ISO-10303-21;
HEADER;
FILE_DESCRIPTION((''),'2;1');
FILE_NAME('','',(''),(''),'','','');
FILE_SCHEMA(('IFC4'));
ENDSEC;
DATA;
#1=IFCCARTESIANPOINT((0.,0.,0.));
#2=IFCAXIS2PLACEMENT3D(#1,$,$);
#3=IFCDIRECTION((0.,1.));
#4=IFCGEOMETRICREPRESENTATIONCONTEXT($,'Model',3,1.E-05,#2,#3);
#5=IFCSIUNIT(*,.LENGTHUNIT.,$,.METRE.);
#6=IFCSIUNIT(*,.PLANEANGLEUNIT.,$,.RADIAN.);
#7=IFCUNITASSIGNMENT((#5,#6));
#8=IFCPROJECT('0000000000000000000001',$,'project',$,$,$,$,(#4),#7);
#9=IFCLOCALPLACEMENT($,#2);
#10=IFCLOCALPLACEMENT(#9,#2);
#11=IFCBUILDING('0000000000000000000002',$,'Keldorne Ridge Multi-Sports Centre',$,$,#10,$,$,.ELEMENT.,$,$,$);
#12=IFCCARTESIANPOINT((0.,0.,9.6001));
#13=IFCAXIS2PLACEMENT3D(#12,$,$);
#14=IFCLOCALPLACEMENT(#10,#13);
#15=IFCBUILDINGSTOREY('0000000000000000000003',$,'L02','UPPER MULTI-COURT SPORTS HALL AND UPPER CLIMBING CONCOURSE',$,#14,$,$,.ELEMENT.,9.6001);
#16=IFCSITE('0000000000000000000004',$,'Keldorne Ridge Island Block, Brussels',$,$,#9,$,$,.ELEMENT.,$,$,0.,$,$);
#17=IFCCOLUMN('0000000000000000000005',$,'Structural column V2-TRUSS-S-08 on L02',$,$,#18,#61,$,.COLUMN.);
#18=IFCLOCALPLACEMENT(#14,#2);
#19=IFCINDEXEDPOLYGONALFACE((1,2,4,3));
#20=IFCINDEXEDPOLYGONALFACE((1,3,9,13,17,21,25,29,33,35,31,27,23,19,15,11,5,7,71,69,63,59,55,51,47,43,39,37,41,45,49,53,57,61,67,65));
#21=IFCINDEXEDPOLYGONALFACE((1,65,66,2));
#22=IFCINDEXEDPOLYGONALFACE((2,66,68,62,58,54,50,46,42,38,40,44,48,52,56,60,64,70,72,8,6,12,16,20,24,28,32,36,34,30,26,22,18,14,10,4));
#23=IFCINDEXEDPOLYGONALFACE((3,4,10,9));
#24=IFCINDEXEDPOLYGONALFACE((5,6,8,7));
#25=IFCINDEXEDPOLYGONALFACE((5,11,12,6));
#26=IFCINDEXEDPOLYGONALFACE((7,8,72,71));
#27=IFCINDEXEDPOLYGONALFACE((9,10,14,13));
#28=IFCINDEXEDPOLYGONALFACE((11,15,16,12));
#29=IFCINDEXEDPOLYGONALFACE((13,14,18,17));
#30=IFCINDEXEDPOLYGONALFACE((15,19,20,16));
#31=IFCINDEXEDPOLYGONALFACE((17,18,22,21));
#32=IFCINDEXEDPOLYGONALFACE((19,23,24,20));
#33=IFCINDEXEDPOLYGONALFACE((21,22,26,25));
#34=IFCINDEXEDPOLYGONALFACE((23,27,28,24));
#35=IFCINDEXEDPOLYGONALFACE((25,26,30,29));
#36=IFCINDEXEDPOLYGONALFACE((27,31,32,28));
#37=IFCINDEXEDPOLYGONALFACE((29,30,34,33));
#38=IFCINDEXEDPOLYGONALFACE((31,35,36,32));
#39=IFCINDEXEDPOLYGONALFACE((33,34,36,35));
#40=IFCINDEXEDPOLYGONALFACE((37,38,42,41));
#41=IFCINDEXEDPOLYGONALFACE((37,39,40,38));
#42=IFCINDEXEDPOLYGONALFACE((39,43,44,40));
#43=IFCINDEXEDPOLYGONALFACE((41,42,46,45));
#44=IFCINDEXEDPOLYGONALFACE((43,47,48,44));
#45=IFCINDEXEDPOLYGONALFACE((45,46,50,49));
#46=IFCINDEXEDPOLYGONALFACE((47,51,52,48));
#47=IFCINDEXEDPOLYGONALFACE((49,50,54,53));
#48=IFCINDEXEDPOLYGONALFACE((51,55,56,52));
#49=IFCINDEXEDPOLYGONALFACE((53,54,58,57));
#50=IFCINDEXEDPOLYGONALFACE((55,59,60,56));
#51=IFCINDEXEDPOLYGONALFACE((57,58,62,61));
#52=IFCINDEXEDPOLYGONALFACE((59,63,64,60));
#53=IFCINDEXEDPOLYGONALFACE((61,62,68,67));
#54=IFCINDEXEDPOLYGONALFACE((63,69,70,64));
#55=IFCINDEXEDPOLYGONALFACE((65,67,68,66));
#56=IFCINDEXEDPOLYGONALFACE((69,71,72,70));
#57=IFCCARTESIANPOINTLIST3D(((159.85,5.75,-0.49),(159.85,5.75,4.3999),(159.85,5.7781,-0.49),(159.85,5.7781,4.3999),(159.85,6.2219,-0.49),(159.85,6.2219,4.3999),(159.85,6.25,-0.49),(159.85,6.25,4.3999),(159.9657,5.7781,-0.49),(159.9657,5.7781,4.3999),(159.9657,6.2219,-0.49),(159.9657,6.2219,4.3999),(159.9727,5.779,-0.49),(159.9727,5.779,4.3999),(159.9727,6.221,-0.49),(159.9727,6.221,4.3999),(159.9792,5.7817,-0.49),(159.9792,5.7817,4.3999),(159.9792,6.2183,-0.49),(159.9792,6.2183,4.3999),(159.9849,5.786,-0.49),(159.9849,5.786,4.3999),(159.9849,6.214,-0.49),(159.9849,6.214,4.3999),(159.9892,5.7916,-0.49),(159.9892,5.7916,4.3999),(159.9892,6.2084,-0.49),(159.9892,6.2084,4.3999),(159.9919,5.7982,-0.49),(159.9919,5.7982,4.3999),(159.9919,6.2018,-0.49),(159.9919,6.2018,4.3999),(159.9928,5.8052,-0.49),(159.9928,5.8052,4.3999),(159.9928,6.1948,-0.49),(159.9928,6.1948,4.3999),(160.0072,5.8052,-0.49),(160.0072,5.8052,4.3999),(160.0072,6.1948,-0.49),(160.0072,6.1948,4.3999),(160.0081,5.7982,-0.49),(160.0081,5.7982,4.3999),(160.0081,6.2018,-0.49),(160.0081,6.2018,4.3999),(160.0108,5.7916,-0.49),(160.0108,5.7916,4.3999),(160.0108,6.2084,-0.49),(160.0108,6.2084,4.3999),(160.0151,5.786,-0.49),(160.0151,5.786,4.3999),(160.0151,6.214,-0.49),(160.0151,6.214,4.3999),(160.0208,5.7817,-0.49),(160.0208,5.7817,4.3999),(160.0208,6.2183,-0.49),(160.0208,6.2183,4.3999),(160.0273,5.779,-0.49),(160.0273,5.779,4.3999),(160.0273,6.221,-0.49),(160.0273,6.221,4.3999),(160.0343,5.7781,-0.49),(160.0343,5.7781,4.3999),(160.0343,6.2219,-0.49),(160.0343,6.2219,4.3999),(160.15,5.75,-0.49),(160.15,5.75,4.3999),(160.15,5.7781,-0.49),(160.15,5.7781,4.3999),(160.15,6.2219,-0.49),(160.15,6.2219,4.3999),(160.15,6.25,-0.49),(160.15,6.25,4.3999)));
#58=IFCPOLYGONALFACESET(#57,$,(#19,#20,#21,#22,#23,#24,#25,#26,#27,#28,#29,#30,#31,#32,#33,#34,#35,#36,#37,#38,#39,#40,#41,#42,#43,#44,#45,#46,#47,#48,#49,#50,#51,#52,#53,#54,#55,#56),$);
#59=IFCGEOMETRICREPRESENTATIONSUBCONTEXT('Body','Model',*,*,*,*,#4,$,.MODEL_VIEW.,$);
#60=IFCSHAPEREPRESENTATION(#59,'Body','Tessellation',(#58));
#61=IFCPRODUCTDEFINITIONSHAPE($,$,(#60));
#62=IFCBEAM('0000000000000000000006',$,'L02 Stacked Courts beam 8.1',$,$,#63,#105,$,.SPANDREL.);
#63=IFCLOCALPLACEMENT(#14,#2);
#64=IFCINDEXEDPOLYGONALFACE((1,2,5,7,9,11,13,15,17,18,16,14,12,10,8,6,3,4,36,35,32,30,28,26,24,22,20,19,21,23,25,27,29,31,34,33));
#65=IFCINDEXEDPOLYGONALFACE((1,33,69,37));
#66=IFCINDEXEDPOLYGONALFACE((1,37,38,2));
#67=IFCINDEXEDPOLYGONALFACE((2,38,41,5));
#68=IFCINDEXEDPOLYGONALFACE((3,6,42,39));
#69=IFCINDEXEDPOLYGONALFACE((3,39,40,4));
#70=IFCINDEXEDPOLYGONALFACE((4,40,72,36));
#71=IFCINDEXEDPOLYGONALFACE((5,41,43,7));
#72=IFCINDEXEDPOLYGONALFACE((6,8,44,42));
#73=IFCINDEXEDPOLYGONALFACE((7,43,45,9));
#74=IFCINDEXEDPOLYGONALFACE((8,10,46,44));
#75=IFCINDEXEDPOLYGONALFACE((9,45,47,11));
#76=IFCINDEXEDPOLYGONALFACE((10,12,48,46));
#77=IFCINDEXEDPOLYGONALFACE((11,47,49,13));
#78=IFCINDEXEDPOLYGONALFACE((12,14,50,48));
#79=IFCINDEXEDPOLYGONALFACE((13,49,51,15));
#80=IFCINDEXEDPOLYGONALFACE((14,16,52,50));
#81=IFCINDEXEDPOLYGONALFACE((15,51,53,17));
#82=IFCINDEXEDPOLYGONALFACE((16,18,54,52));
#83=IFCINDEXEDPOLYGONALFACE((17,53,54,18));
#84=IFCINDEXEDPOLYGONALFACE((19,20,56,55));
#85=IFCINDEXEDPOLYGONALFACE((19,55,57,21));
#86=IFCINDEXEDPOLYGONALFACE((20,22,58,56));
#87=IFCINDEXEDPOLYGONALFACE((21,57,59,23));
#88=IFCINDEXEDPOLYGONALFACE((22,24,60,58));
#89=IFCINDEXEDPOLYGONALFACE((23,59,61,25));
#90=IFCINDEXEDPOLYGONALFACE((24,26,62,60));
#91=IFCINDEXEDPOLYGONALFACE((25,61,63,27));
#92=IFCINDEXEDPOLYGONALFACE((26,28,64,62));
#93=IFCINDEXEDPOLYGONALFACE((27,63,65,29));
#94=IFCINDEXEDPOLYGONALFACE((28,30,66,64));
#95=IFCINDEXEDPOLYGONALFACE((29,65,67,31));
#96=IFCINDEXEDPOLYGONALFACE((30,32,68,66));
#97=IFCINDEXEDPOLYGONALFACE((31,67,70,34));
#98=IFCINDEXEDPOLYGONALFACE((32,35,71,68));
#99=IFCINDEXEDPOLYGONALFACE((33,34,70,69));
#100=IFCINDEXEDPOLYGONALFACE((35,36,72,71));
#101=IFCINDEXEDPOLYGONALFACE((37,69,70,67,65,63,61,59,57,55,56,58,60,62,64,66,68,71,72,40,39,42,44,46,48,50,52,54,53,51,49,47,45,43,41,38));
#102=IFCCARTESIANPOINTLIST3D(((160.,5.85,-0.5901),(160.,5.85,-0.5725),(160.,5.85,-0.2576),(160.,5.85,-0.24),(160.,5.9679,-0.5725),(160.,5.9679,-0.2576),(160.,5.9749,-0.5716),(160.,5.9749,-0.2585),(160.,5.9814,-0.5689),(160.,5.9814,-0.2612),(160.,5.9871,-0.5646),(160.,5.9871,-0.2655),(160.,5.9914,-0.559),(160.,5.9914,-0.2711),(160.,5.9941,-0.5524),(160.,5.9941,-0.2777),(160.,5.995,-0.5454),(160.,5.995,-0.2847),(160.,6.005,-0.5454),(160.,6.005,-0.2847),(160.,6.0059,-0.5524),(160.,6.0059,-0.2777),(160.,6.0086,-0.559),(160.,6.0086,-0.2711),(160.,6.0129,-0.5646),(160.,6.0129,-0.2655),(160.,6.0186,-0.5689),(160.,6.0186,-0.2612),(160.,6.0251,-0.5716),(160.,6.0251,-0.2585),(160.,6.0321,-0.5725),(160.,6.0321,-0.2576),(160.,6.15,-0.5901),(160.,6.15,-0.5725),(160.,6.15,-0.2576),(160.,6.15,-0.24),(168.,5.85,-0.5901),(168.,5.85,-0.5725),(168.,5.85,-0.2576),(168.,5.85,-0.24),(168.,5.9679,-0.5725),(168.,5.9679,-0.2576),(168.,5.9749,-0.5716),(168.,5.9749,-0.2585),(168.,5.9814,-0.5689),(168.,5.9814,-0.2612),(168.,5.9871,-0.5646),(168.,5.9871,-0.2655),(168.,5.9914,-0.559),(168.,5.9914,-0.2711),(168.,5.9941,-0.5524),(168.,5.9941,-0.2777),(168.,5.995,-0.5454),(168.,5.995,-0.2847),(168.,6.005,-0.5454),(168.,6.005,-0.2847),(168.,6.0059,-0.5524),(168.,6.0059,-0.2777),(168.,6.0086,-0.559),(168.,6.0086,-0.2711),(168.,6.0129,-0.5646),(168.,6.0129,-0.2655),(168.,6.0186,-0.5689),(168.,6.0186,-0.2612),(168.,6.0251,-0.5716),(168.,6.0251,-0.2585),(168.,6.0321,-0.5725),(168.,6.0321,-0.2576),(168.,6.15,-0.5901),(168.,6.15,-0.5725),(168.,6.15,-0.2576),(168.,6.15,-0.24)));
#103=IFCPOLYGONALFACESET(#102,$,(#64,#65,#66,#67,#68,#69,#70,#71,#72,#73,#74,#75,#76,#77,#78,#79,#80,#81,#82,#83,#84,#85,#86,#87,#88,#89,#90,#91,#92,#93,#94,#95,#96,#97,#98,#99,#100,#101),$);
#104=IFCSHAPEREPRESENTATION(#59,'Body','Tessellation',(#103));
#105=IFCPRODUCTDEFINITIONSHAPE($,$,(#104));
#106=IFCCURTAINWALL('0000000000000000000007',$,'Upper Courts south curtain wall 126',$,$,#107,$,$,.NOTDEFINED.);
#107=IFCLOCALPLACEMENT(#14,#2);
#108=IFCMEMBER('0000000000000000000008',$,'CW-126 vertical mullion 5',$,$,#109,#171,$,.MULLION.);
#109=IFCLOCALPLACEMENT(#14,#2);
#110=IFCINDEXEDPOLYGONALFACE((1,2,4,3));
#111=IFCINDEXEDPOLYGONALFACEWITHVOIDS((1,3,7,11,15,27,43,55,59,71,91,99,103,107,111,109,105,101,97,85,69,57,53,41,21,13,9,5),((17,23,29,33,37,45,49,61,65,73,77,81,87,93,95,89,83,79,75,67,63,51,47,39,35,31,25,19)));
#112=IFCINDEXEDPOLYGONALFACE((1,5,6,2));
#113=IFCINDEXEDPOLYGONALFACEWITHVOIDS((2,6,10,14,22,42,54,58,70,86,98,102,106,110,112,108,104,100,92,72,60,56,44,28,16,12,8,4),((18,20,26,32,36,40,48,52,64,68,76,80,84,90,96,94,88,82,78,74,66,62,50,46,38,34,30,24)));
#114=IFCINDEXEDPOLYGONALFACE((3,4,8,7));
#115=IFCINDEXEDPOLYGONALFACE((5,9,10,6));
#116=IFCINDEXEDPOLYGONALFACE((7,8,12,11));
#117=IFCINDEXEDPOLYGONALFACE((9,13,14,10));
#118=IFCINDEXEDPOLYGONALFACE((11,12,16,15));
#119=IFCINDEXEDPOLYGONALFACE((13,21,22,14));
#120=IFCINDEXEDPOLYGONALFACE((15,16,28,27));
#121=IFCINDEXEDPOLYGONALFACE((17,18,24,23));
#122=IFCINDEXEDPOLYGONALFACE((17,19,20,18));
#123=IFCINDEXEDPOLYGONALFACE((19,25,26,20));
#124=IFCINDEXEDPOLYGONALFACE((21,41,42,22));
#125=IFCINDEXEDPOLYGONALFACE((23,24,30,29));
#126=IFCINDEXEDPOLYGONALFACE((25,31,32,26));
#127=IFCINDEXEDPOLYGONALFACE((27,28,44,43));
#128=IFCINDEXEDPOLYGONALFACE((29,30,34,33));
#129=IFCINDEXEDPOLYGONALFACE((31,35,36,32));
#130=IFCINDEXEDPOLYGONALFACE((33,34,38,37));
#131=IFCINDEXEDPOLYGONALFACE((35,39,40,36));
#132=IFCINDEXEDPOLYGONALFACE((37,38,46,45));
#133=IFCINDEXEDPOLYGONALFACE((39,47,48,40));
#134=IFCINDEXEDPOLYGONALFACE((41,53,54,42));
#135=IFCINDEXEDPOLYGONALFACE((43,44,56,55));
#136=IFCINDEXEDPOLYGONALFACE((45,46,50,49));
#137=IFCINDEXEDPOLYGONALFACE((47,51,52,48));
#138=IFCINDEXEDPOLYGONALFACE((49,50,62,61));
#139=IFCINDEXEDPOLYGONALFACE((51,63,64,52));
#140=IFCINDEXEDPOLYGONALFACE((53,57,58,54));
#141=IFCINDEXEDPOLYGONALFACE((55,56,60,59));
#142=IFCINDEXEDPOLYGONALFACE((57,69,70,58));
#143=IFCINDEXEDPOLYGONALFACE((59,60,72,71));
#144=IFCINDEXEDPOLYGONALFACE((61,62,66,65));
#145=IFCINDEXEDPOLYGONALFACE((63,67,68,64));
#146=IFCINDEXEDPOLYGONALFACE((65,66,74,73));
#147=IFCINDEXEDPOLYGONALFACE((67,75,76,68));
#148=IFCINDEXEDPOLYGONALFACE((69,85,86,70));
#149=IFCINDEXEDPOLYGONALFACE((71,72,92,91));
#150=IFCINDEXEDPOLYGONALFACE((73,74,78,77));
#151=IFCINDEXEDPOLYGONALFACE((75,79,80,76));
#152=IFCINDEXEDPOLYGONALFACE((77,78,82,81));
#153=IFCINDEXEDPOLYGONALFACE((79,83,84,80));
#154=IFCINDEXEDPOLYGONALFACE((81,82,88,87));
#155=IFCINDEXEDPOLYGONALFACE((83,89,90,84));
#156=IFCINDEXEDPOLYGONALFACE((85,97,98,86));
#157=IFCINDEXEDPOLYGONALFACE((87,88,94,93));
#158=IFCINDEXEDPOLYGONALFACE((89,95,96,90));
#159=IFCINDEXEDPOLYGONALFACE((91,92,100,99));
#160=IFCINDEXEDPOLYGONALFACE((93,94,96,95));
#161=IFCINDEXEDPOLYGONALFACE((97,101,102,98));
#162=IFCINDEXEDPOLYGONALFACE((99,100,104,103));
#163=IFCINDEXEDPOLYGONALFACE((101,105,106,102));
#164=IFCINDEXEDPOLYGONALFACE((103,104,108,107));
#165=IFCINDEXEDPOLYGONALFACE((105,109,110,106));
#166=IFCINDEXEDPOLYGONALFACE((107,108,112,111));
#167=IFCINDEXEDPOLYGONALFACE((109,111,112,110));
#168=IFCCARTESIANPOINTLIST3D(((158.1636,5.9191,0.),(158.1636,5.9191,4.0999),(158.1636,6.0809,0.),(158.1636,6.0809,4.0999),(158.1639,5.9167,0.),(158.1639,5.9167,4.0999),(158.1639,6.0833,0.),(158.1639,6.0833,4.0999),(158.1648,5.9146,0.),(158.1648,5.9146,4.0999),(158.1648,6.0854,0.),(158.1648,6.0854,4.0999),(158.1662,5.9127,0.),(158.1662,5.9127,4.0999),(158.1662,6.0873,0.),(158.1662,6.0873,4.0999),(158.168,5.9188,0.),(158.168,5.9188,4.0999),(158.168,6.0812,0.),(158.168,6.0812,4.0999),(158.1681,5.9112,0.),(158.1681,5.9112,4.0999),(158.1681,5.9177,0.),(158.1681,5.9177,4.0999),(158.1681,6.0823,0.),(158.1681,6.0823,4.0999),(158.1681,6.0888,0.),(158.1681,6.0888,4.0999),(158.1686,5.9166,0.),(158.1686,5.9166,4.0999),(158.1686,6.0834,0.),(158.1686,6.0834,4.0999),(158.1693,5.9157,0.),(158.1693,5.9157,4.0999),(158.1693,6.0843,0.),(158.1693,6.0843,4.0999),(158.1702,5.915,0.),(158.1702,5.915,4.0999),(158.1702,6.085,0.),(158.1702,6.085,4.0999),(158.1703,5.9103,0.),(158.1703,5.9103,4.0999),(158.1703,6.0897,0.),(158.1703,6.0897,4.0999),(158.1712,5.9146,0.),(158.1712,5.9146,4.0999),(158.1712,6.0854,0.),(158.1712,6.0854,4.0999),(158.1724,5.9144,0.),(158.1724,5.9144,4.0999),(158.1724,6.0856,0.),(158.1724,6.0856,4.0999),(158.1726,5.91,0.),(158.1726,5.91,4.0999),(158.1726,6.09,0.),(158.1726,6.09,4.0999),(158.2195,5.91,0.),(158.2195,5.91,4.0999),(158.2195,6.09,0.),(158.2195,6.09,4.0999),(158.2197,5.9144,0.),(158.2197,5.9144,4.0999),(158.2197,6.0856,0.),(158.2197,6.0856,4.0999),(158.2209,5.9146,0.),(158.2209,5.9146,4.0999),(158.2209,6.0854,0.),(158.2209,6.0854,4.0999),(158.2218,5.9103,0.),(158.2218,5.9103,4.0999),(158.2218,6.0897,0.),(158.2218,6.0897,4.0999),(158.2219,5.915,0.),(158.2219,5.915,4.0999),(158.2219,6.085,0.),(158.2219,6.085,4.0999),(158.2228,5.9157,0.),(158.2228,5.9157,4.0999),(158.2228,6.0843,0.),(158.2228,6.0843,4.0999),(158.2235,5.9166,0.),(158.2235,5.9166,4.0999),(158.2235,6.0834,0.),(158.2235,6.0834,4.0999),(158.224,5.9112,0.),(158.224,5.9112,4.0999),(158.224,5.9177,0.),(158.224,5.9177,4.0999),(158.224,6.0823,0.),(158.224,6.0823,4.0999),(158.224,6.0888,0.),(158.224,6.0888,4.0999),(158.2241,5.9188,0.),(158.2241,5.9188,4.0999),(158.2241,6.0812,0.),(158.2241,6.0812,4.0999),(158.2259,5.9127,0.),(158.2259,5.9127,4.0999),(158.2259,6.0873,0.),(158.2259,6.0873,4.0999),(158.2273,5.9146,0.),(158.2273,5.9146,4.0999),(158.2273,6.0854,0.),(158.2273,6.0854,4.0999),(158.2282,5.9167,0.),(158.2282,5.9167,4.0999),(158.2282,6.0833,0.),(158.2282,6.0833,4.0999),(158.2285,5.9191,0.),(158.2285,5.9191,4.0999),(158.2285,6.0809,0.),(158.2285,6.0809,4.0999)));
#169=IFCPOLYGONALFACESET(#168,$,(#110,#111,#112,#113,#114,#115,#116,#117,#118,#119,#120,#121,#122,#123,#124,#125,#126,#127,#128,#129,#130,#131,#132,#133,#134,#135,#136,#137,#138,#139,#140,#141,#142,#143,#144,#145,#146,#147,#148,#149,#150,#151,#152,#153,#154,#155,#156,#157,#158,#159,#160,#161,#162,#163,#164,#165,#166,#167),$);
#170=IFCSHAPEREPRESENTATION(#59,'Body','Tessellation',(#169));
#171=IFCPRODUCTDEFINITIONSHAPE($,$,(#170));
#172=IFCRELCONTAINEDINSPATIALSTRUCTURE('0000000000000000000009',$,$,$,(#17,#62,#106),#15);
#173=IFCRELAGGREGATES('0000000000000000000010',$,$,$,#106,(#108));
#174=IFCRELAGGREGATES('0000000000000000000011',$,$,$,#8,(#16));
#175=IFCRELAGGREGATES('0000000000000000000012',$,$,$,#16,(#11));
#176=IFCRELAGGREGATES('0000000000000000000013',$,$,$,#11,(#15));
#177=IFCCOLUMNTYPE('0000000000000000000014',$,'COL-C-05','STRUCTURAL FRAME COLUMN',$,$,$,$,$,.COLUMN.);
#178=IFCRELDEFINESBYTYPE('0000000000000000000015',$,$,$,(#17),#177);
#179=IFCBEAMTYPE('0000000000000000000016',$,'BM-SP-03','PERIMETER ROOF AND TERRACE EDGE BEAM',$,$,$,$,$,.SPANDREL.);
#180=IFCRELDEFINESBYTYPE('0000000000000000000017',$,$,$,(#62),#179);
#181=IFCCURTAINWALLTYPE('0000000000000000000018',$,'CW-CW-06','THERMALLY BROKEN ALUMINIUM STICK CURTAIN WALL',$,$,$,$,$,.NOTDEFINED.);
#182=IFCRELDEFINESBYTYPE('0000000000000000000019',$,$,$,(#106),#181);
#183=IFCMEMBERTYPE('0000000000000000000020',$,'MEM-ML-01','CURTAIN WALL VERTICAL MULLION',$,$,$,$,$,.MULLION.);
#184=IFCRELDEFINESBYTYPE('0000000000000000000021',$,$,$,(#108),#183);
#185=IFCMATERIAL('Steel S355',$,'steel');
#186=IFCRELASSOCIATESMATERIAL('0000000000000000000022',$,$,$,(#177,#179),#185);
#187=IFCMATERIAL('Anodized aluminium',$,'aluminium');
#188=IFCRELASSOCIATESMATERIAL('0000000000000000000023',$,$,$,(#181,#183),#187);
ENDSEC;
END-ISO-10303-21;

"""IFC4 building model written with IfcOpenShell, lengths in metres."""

from ifc_helpers import new_model, si_unit, direction, frame, origin, origin_2d, place, context, subcontext, project, spatial, hollow_rectangle, i_section, extrude, material, material_profile, profile_set, type_object, element, aggregate, save


model = new_model("IFC4")

# Units and contexts
model_context = context("Model", 3, precision=1e-05, world=origin(), true_north=direction((0.0, 1.0)))
body_context = subcontext(model_context, "Body", "Model", "MODEL_VIEW")
ifc_project = project(units=[si_unit("LENGTHUNIT", "METRE"), si_unit("PLANEANGLEUNIT", "RADIAN")], contexts=[model_context])

# Site, building, storey
site_placement = place(None, origin())
site = spatial("IfcSite", under=ifc_project, at=site_placement, Name="Keldorne Ridge Island Block, Brussels", CompositionType="ELEMENT", RefElevation=0.0)
building_placement = place(site_placement, origin())
building = spatial("IfcBuilding", under=site, at=building_placement, Name="Keldorne Ridge Multi-Sports Centre", CompositionType="ELEMENT")
storey_placement = place(building_placement, frame((0.0, 0.0, 9.6001)))
storey = spatial("IfcBuildingStorey", under=building, at=storey_placement, Name="L02", Description="UPPER MULTI-COURT SPORTS HALL AND UPPER CLIMBING CONCOURSE", CompositionType="ELEMENT", Elevation=9.6001)

# Column
ifc_material_1 = material(Name="Steel S355", Category="steel")
ifc_material_profile_1 = material_profile(ifc_material_1, i_section(OverallWidth=0.3, OverallDepth=0.5, WebThickness=0.0144, FlangeThickness=0.0281, FilletRadius=0.0271, at=origin_2d()), Name="HEB 500")
ifc_profile_set_1 = profile_set([ifc_material_profile_1], Name="Steel S355")
column_type = type_object("IfcColumnType", Name="COL-C-05", Description="STRUCTURAL FRAME COLUMN", PredefinedType="COLUMN", material=ifc_profile_set_1)
column_placement = place(storey_placement, frame((160.0, 6.0, -0.49), z_axis=(0.0, 0.0, 1.0), x_axis=(1.0, 0.0, 0.0)))
element("IfcColumn", 1, at=column_placement, inside=storey, type_object=column_type, Name="Structural column V2-TRUSS-S-08 on L02", PredefinedType="COLUMN", context=body_context, shape_type="SweptSolid", body=[
    extrude(i_section(OverallWidth=0.3, OverallDepth=0.5, WebThickness=0.0144, FlangeThickness=0.0281, FilletRadius=0.0271, at=origin_2d()), origin(), (0.0, 0.0, 1.0), 4.8899),
])

# Beam
ifc_material_profile_2 = material_profile(ifc_material_1, i_section(OverallWidth=0.3, OverallDepth=0.3501, WebThickness=0.01, FlangeThickness=0.0176, FilletRadius=0.0271, at=origin_2d()), Name="HEA 360")
ifc_profile_set_2 = profile_set([ifc_material_profile_2], Name="Steel S355")
beam_type = type_object("IfcBeamType", Name="BM-SP-03", Description="PERIMETER ROOF AND TERRACE EDGE BEAM", PredefinedType="SPANDREL", material=ifc_profile_set_2)
beam_placement = place(storey_placement, frame((160.0, 6.0, -0.415), z_axis=(1.0, 0.0, 0.0), x_axis=(0.0, 1.0, 0.0)))
element("IfcBeam", 2, at=beam_placement, inside=storey, type_object=beam_type, Name="L02 Stacked Courts beam 8.1", PredefinedType="SPANDREL", context=body_context, shape_type="SweptSolid", body=[
    extrude(i_section(OverallWidth=0.3, OverallDepth=0.3501, WebThickness=0.01, FlangeThickness=0.0176, FilletRadius=0.0271, at=origin_2d()), origin(), (0.0, 0.0, 1.0), 8.0),
])

# Curtain wall, member
ifc_material_2 = material(Name="Anodized aluminium", Category="aluminium")
curtain_wall_type_1 = type_object("IfcCurtainWallType", Name="CW-CW-06", Description="THERMALLY BROKEN ALUMINIUM STICK CURTAIN WALL", PredefinedType="NOTDEFINED", material=ifc_material_2)
curtain_wall_1_placement = place(storey_placement, origin())
curtain_wall_1 = element("IfcCurtainWall", 3, at=curtain_wall_1_placement, inside=storey, type_object=curtain_wall_type_1, Name="Upper Courts south curtain wall 126", PredefinedType="NOTDEFINED")
ifc_material_profile_3 = material_profile(ifc_material_2, hollow_rectangle(XDim=0.0649, YDim=0.1799, WallThickness=0.0044, InnerFilletRadius=0.0044, OuterFilletRadius=0.009, at=origin_2d()), Name="ALU MULLION 180x65x4.5")
ifc_profile_set_3 = profile_set([ifc_material_profile_3], Name="Anodized aluminium")
member_type_1 = type_object("IfcMemberType", Name="MEM-ML-01", Description="CURTAIN WALL VERTICAL MULLION", PredefinedType="MULLION", material=ifc_profile_set_3)
member_1_placement = place(storey_placement, frame((158.196, 6.0, 0.0), z_axis=(0.0, 0.0, 1.0), x_axis=(1.0, 0.0, 0.0)))
member_1 = element("IfcMember", 4, at=member_1_placement, type_object=member_type_1, Name="CW-126 vertical mullion 5", PredefinedType="MULLION", context=body_context, shape_type="SweptSolid", body=[
    extrude(hollow_rectangle(XDim=0.0649, YDim=0.1799, WallThickness=0.0044, InnerFilletRadius=0.0044, OuterFilletRadius=0.009, at=origin_2d()), origin(), (0.0, 0.0, 1.0), 4.0999),
])

aggregate(curtain_wall_1, [member_1])

save(model, "model.ifc")
